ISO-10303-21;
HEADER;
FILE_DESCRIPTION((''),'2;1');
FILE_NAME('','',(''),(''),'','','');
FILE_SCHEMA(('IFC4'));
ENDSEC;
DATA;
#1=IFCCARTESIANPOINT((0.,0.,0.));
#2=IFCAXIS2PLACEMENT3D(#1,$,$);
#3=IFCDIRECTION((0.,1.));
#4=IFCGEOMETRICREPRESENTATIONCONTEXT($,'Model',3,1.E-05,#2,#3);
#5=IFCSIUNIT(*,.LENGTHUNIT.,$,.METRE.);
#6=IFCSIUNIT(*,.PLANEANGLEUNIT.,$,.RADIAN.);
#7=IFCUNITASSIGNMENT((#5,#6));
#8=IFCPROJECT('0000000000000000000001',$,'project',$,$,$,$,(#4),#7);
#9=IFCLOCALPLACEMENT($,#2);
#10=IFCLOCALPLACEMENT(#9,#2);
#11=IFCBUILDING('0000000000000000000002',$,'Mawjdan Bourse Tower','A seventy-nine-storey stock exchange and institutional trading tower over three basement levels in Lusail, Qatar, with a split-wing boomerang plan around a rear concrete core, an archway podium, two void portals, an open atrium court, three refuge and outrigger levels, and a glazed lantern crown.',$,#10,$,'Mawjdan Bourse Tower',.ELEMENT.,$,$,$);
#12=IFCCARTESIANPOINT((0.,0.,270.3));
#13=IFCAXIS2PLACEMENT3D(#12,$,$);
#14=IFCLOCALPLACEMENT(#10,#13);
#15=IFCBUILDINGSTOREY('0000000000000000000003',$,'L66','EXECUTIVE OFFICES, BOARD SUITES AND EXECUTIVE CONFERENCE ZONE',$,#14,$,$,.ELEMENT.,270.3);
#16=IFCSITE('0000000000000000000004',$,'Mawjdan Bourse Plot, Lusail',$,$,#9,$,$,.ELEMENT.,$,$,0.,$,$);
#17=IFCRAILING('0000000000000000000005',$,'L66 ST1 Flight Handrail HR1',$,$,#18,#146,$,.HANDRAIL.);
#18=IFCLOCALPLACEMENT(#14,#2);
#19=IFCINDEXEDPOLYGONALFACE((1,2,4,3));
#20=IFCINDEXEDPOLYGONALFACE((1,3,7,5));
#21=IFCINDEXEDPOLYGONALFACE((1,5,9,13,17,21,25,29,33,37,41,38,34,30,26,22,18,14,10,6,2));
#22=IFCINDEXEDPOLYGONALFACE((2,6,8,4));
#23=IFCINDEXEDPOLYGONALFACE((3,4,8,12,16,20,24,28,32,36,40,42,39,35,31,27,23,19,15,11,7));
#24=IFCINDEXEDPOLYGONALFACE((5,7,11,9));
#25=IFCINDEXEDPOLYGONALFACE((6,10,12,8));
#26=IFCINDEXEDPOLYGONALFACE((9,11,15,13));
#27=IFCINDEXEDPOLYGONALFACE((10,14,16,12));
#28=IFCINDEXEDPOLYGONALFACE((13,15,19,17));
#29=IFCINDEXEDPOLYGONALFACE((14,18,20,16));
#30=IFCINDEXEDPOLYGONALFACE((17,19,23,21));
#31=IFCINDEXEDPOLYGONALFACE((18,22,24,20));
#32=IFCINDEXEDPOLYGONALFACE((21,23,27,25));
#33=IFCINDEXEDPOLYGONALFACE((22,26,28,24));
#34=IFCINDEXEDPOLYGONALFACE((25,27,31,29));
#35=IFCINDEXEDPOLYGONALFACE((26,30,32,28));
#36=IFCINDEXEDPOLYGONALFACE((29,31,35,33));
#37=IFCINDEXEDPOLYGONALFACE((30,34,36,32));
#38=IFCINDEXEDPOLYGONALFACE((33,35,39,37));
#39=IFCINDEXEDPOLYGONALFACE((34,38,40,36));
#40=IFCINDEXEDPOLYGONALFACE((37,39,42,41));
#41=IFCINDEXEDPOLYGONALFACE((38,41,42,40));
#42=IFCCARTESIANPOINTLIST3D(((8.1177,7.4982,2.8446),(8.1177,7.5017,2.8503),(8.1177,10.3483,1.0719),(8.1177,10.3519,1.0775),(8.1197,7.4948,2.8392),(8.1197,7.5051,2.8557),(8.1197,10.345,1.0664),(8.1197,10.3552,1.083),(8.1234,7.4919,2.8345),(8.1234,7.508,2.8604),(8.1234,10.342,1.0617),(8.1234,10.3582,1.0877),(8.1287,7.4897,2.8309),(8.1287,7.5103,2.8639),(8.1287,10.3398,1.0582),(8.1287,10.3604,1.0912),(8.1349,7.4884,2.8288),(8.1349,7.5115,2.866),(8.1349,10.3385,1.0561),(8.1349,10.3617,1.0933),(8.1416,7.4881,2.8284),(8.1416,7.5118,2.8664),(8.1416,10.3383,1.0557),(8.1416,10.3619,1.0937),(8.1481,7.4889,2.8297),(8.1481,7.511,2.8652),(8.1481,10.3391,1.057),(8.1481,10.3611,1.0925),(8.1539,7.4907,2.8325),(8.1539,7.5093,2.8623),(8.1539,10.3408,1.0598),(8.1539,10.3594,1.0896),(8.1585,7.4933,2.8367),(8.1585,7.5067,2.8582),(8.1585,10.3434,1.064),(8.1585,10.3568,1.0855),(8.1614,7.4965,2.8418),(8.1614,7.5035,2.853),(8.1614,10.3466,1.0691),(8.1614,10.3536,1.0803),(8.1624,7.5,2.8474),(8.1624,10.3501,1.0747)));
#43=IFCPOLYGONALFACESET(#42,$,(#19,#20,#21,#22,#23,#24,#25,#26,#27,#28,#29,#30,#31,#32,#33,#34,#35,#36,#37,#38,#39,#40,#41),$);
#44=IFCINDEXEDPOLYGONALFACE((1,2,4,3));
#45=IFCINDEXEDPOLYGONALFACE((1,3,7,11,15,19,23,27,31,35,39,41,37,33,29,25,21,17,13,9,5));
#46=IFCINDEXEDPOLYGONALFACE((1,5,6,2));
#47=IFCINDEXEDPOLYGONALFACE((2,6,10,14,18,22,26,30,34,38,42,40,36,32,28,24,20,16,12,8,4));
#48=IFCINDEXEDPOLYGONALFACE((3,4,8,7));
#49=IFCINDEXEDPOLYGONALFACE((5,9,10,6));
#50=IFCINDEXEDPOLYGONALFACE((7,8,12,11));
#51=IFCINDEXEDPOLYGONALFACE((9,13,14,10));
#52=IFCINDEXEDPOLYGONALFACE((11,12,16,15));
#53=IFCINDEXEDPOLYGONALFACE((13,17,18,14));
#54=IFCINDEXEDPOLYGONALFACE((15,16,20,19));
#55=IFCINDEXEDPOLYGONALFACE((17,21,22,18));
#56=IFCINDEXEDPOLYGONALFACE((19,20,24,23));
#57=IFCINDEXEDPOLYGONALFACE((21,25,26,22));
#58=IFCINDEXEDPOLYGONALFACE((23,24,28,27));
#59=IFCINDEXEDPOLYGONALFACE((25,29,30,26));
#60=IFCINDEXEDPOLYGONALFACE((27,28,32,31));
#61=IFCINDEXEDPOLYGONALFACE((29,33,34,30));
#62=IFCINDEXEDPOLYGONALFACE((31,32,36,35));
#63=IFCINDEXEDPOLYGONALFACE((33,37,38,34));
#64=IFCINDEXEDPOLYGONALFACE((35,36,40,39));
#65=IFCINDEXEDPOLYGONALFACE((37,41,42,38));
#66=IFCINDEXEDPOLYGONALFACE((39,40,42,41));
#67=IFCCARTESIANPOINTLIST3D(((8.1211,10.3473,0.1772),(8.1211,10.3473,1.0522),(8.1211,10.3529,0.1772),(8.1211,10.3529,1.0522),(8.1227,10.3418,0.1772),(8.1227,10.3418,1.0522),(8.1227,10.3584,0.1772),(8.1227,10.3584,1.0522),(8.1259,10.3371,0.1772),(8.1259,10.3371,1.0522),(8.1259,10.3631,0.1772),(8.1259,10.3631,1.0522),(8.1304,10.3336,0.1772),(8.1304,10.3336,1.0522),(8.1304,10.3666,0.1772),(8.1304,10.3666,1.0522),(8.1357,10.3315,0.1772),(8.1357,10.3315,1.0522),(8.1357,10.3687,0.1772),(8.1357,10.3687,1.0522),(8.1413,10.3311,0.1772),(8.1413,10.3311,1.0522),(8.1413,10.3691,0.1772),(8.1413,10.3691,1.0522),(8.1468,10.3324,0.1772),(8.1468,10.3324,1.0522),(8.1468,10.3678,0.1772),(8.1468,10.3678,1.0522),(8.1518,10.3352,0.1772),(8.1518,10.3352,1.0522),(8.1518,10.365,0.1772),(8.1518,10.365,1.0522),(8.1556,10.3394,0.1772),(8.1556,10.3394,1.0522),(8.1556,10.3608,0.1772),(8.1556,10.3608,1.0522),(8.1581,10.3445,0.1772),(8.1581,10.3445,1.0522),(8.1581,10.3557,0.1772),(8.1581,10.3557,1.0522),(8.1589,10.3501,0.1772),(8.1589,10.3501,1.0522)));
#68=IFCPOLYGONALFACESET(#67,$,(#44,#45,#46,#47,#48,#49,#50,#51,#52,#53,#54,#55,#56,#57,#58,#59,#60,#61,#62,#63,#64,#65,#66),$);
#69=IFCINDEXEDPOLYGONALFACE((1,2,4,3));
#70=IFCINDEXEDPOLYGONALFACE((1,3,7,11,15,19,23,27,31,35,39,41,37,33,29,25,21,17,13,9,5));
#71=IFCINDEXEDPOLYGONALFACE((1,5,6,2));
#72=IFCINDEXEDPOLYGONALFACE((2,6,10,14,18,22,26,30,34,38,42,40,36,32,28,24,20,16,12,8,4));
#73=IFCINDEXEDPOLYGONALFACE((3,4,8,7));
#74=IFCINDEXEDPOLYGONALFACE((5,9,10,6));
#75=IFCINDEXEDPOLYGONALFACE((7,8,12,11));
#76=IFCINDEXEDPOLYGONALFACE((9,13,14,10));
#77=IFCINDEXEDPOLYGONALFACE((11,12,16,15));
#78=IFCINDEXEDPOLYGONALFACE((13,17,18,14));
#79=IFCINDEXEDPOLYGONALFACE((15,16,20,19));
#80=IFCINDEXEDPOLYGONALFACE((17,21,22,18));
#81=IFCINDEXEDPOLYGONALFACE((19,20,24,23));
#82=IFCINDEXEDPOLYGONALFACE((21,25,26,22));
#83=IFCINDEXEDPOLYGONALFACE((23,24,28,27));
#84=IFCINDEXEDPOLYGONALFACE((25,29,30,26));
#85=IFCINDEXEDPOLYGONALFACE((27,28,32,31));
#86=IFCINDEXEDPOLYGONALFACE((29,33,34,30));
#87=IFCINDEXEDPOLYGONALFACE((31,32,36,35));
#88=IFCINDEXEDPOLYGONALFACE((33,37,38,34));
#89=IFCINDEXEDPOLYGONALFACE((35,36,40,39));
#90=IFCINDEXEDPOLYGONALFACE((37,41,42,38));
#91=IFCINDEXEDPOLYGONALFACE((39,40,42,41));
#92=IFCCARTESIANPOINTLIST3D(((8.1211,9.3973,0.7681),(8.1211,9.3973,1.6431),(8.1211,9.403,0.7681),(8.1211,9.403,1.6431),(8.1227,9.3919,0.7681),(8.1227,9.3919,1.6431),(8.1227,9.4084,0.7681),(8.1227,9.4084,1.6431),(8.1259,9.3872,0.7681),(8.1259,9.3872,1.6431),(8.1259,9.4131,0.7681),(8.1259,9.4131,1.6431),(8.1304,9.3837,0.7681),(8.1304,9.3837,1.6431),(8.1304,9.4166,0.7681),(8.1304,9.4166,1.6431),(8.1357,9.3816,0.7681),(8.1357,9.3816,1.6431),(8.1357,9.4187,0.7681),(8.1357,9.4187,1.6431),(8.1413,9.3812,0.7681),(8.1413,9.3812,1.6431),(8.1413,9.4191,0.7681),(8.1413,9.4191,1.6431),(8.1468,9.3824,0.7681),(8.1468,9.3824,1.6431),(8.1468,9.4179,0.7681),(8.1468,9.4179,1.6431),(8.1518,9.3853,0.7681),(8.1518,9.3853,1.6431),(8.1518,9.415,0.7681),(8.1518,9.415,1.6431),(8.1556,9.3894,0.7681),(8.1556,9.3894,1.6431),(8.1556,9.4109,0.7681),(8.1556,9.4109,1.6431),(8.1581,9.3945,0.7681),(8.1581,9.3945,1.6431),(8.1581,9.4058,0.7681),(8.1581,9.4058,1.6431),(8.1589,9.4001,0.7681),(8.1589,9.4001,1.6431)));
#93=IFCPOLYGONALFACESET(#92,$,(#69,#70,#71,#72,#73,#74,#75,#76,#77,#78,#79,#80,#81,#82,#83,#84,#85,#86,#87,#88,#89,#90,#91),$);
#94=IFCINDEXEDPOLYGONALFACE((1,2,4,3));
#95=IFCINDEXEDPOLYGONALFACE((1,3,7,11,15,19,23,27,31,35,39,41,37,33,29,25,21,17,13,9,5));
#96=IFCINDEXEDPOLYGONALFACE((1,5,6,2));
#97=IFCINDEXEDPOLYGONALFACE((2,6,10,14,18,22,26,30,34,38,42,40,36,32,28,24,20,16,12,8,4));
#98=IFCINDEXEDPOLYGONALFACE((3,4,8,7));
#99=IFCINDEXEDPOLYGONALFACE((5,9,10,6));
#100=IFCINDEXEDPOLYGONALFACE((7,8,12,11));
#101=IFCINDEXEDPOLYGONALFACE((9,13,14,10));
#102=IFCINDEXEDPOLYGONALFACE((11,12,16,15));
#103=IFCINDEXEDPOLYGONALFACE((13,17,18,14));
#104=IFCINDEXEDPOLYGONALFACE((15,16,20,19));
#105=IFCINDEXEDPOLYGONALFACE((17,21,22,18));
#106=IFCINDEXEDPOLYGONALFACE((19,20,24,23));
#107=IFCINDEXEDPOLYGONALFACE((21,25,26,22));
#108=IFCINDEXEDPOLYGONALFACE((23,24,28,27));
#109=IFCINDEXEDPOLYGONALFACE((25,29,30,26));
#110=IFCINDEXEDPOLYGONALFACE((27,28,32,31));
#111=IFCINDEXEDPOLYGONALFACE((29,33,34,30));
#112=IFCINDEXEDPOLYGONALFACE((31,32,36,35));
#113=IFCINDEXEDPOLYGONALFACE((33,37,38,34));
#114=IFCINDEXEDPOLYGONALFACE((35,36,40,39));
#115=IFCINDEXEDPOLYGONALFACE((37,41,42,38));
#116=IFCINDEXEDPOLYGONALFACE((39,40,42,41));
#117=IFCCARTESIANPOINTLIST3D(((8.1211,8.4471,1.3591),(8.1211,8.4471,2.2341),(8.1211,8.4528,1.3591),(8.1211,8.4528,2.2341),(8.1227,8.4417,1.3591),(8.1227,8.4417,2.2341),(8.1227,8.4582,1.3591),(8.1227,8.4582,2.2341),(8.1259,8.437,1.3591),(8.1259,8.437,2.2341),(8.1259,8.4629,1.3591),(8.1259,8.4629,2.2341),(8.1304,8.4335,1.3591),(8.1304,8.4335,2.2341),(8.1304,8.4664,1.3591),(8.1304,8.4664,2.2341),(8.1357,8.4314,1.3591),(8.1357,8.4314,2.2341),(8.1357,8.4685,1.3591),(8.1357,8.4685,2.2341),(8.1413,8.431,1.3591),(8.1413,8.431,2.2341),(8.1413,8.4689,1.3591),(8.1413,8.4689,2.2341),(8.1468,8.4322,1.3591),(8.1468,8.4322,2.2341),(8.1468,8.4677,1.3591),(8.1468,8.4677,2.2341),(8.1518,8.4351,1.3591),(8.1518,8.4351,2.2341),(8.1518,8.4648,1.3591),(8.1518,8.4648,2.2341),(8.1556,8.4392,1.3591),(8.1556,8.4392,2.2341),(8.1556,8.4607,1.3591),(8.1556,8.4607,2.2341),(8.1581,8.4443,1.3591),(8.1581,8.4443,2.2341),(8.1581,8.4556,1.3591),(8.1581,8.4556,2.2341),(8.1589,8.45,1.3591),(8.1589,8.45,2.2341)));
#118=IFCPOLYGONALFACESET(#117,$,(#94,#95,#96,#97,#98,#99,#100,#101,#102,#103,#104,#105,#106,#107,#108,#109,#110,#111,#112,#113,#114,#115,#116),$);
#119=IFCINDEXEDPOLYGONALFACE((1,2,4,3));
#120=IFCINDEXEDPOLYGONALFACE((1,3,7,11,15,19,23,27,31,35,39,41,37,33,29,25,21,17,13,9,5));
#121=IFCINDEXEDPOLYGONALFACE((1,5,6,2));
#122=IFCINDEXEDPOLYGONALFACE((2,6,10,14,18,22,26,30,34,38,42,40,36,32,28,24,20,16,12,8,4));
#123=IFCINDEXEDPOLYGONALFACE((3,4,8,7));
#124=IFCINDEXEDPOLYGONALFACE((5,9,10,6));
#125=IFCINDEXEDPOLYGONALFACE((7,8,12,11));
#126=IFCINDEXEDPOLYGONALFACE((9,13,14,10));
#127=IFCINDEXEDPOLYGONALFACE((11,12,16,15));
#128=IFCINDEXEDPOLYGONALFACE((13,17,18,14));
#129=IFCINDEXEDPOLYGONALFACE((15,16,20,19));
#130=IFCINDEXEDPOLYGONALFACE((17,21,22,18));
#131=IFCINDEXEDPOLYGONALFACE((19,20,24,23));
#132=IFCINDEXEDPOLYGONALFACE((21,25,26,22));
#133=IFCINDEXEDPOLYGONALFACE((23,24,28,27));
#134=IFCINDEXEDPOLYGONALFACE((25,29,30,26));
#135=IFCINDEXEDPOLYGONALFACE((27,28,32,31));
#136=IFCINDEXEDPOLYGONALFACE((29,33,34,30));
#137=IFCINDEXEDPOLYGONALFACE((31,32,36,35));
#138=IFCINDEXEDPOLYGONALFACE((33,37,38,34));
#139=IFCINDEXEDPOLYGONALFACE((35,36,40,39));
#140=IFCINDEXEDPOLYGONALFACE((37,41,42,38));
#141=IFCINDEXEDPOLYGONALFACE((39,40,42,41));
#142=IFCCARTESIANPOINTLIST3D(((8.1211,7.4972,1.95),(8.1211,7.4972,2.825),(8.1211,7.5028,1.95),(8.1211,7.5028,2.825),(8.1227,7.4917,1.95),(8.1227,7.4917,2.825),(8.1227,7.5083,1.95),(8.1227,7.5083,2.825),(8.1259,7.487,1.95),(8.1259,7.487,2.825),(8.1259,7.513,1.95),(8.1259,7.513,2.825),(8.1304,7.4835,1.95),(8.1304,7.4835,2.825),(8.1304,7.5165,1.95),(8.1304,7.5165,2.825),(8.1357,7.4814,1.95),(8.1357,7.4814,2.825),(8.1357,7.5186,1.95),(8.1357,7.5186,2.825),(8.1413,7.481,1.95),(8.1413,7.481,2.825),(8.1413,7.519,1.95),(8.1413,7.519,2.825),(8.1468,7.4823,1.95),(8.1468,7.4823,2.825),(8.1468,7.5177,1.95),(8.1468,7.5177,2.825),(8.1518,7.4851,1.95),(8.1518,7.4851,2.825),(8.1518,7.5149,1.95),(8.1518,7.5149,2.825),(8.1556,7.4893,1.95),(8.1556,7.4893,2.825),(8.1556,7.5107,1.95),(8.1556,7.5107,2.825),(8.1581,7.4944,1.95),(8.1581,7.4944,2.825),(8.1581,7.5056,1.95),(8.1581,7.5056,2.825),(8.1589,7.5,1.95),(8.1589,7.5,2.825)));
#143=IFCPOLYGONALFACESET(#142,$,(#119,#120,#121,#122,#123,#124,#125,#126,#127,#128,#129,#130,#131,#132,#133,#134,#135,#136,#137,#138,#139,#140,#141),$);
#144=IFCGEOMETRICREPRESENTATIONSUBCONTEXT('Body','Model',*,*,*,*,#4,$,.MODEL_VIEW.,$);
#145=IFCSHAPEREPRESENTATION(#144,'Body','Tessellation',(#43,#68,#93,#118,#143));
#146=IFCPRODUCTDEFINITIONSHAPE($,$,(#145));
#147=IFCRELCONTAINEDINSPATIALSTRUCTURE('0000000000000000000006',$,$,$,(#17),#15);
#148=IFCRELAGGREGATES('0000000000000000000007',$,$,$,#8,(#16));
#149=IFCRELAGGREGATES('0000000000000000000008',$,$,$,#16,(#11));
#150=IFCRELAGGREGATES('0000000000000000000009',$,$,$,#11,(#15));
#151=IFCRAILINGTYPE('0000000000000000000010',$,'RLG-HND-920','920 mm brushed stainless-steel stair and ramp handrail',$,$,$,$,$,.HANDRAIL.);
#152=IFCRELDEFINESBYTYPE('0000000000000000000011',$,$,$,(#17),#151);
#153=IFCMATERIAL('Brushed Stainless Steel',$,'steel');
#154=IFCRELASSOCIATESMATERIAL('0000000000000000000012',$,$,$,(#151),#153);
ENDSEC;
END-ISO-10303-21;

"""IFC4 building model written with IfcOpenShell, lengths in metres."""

from ifc_helpers import new_model, si_unit, direction, frame, origin, origin_2d, place, context, subcontext, project, spatial, circle, extrude, material, type_object, element, save


model = new_model("IFC4")

# Units and contexts
model_context = context("Model", 3, precision=1e-05, world=origin(), true_north=direction((0.0, 1.0)))
body_context = subcontext(model_context, "Body", "Model", "MODEL_VIEW")
ifc_project = project(units=[si_unit("LENGTHUNIT", "METRE"), si_unit("PLANEANGLEUNIT", "RADIAN")], contexts=[model_context])

# Site, building, storey
site_placement = place(None, origin())
site = spatial("IfcSite", under=ifc_project, at=site_placement, Name="Mawjdan Bourse Plot, Lusail", CompositionType="ELEMENT", RefElevation=0.0)
building_placement = place(site_placement, origin())
building = spatial("IfcBuilding", under=site, at=building_placement, Name="Mawjdan Bourse Tower", Description="A seventy-nine-storey stock exchange and institutional trading tower over three basement levels in Lusail, Qatar, with a split-wing boomerang plan around a rear concrete core, an archway podium, two void portals, an open atrium court, three refuge and outrigger levels, and a glazed lantern crown.", LongName="Mawjdan Bourse Tower", CompositionType="ELEMENT")
storey_placement = place(building_placement, frame((0.0, 0.0, 270.3)))
storey = spatial("IfcBuildingStorey", under=building, at=storey_placement, Name="L66", Description="EXECUTIVE OFFICES, BOARD SUITES AND EXECUTIVE CONFERENCE ZONE", CompositionType="ELEMENT", Elevation=270.3)

# Railing
ifc_material_1 = material(Name="Brushed Stainless Steel", Category="steel")
railing_type_1 = type_object("IfcRailingType", Name="RLG-HND-920", Description="920 mm brushed stainless-steel stair and ramp handrail", PredefinedType="HANDRAIL", material=ifc_material_1)
for number, where, name in (
    (1, (8.1399, 10.3501, 0.1772), "L66 ST1 Flight Handrail HR1"),
):
    element("IfcRailing", number, at=place(storey_placement, frame(where)), inside=storey, type_object=railing_type_1, Name=name, PredefinedType="HANDRAIL", context=body_context, shape_type="SweptSolid", body=[
        extrude(circle(Radius=0.0225, at=origin_2d()), frame((0.0, 0.0, 0.8975), z_axis=(0.0, -0.849149, 0.528154), x_axis=(1.0, 0.0, 0.0)), (0.0, 0.0, 1.0), 3.3564),
        extrude(circle(Radius=0.019, at=origin_2d()), origin(), (0.0, 0.0, 1.0), 0.875),
        extrude(circle(Radius=0.019, at=origin_2d()), frame((0.0, -0.95, 0.5908)), (0.0, 0.0, 1.0), 0.875),
        extrude(circle(Radius=0.019, at=origin_2d()), frame((0.0, -1.9001, 1.1819)), (0.0, 0.0, 1.0), 0.875),
        extrude(circle(Radius=0.019, at=origin_2d()), frame((0.0, -2.8501, 1.7727)), (0.0, 0.0, 1.0), 0.875),
    ])

save(model, "model.ifc")
